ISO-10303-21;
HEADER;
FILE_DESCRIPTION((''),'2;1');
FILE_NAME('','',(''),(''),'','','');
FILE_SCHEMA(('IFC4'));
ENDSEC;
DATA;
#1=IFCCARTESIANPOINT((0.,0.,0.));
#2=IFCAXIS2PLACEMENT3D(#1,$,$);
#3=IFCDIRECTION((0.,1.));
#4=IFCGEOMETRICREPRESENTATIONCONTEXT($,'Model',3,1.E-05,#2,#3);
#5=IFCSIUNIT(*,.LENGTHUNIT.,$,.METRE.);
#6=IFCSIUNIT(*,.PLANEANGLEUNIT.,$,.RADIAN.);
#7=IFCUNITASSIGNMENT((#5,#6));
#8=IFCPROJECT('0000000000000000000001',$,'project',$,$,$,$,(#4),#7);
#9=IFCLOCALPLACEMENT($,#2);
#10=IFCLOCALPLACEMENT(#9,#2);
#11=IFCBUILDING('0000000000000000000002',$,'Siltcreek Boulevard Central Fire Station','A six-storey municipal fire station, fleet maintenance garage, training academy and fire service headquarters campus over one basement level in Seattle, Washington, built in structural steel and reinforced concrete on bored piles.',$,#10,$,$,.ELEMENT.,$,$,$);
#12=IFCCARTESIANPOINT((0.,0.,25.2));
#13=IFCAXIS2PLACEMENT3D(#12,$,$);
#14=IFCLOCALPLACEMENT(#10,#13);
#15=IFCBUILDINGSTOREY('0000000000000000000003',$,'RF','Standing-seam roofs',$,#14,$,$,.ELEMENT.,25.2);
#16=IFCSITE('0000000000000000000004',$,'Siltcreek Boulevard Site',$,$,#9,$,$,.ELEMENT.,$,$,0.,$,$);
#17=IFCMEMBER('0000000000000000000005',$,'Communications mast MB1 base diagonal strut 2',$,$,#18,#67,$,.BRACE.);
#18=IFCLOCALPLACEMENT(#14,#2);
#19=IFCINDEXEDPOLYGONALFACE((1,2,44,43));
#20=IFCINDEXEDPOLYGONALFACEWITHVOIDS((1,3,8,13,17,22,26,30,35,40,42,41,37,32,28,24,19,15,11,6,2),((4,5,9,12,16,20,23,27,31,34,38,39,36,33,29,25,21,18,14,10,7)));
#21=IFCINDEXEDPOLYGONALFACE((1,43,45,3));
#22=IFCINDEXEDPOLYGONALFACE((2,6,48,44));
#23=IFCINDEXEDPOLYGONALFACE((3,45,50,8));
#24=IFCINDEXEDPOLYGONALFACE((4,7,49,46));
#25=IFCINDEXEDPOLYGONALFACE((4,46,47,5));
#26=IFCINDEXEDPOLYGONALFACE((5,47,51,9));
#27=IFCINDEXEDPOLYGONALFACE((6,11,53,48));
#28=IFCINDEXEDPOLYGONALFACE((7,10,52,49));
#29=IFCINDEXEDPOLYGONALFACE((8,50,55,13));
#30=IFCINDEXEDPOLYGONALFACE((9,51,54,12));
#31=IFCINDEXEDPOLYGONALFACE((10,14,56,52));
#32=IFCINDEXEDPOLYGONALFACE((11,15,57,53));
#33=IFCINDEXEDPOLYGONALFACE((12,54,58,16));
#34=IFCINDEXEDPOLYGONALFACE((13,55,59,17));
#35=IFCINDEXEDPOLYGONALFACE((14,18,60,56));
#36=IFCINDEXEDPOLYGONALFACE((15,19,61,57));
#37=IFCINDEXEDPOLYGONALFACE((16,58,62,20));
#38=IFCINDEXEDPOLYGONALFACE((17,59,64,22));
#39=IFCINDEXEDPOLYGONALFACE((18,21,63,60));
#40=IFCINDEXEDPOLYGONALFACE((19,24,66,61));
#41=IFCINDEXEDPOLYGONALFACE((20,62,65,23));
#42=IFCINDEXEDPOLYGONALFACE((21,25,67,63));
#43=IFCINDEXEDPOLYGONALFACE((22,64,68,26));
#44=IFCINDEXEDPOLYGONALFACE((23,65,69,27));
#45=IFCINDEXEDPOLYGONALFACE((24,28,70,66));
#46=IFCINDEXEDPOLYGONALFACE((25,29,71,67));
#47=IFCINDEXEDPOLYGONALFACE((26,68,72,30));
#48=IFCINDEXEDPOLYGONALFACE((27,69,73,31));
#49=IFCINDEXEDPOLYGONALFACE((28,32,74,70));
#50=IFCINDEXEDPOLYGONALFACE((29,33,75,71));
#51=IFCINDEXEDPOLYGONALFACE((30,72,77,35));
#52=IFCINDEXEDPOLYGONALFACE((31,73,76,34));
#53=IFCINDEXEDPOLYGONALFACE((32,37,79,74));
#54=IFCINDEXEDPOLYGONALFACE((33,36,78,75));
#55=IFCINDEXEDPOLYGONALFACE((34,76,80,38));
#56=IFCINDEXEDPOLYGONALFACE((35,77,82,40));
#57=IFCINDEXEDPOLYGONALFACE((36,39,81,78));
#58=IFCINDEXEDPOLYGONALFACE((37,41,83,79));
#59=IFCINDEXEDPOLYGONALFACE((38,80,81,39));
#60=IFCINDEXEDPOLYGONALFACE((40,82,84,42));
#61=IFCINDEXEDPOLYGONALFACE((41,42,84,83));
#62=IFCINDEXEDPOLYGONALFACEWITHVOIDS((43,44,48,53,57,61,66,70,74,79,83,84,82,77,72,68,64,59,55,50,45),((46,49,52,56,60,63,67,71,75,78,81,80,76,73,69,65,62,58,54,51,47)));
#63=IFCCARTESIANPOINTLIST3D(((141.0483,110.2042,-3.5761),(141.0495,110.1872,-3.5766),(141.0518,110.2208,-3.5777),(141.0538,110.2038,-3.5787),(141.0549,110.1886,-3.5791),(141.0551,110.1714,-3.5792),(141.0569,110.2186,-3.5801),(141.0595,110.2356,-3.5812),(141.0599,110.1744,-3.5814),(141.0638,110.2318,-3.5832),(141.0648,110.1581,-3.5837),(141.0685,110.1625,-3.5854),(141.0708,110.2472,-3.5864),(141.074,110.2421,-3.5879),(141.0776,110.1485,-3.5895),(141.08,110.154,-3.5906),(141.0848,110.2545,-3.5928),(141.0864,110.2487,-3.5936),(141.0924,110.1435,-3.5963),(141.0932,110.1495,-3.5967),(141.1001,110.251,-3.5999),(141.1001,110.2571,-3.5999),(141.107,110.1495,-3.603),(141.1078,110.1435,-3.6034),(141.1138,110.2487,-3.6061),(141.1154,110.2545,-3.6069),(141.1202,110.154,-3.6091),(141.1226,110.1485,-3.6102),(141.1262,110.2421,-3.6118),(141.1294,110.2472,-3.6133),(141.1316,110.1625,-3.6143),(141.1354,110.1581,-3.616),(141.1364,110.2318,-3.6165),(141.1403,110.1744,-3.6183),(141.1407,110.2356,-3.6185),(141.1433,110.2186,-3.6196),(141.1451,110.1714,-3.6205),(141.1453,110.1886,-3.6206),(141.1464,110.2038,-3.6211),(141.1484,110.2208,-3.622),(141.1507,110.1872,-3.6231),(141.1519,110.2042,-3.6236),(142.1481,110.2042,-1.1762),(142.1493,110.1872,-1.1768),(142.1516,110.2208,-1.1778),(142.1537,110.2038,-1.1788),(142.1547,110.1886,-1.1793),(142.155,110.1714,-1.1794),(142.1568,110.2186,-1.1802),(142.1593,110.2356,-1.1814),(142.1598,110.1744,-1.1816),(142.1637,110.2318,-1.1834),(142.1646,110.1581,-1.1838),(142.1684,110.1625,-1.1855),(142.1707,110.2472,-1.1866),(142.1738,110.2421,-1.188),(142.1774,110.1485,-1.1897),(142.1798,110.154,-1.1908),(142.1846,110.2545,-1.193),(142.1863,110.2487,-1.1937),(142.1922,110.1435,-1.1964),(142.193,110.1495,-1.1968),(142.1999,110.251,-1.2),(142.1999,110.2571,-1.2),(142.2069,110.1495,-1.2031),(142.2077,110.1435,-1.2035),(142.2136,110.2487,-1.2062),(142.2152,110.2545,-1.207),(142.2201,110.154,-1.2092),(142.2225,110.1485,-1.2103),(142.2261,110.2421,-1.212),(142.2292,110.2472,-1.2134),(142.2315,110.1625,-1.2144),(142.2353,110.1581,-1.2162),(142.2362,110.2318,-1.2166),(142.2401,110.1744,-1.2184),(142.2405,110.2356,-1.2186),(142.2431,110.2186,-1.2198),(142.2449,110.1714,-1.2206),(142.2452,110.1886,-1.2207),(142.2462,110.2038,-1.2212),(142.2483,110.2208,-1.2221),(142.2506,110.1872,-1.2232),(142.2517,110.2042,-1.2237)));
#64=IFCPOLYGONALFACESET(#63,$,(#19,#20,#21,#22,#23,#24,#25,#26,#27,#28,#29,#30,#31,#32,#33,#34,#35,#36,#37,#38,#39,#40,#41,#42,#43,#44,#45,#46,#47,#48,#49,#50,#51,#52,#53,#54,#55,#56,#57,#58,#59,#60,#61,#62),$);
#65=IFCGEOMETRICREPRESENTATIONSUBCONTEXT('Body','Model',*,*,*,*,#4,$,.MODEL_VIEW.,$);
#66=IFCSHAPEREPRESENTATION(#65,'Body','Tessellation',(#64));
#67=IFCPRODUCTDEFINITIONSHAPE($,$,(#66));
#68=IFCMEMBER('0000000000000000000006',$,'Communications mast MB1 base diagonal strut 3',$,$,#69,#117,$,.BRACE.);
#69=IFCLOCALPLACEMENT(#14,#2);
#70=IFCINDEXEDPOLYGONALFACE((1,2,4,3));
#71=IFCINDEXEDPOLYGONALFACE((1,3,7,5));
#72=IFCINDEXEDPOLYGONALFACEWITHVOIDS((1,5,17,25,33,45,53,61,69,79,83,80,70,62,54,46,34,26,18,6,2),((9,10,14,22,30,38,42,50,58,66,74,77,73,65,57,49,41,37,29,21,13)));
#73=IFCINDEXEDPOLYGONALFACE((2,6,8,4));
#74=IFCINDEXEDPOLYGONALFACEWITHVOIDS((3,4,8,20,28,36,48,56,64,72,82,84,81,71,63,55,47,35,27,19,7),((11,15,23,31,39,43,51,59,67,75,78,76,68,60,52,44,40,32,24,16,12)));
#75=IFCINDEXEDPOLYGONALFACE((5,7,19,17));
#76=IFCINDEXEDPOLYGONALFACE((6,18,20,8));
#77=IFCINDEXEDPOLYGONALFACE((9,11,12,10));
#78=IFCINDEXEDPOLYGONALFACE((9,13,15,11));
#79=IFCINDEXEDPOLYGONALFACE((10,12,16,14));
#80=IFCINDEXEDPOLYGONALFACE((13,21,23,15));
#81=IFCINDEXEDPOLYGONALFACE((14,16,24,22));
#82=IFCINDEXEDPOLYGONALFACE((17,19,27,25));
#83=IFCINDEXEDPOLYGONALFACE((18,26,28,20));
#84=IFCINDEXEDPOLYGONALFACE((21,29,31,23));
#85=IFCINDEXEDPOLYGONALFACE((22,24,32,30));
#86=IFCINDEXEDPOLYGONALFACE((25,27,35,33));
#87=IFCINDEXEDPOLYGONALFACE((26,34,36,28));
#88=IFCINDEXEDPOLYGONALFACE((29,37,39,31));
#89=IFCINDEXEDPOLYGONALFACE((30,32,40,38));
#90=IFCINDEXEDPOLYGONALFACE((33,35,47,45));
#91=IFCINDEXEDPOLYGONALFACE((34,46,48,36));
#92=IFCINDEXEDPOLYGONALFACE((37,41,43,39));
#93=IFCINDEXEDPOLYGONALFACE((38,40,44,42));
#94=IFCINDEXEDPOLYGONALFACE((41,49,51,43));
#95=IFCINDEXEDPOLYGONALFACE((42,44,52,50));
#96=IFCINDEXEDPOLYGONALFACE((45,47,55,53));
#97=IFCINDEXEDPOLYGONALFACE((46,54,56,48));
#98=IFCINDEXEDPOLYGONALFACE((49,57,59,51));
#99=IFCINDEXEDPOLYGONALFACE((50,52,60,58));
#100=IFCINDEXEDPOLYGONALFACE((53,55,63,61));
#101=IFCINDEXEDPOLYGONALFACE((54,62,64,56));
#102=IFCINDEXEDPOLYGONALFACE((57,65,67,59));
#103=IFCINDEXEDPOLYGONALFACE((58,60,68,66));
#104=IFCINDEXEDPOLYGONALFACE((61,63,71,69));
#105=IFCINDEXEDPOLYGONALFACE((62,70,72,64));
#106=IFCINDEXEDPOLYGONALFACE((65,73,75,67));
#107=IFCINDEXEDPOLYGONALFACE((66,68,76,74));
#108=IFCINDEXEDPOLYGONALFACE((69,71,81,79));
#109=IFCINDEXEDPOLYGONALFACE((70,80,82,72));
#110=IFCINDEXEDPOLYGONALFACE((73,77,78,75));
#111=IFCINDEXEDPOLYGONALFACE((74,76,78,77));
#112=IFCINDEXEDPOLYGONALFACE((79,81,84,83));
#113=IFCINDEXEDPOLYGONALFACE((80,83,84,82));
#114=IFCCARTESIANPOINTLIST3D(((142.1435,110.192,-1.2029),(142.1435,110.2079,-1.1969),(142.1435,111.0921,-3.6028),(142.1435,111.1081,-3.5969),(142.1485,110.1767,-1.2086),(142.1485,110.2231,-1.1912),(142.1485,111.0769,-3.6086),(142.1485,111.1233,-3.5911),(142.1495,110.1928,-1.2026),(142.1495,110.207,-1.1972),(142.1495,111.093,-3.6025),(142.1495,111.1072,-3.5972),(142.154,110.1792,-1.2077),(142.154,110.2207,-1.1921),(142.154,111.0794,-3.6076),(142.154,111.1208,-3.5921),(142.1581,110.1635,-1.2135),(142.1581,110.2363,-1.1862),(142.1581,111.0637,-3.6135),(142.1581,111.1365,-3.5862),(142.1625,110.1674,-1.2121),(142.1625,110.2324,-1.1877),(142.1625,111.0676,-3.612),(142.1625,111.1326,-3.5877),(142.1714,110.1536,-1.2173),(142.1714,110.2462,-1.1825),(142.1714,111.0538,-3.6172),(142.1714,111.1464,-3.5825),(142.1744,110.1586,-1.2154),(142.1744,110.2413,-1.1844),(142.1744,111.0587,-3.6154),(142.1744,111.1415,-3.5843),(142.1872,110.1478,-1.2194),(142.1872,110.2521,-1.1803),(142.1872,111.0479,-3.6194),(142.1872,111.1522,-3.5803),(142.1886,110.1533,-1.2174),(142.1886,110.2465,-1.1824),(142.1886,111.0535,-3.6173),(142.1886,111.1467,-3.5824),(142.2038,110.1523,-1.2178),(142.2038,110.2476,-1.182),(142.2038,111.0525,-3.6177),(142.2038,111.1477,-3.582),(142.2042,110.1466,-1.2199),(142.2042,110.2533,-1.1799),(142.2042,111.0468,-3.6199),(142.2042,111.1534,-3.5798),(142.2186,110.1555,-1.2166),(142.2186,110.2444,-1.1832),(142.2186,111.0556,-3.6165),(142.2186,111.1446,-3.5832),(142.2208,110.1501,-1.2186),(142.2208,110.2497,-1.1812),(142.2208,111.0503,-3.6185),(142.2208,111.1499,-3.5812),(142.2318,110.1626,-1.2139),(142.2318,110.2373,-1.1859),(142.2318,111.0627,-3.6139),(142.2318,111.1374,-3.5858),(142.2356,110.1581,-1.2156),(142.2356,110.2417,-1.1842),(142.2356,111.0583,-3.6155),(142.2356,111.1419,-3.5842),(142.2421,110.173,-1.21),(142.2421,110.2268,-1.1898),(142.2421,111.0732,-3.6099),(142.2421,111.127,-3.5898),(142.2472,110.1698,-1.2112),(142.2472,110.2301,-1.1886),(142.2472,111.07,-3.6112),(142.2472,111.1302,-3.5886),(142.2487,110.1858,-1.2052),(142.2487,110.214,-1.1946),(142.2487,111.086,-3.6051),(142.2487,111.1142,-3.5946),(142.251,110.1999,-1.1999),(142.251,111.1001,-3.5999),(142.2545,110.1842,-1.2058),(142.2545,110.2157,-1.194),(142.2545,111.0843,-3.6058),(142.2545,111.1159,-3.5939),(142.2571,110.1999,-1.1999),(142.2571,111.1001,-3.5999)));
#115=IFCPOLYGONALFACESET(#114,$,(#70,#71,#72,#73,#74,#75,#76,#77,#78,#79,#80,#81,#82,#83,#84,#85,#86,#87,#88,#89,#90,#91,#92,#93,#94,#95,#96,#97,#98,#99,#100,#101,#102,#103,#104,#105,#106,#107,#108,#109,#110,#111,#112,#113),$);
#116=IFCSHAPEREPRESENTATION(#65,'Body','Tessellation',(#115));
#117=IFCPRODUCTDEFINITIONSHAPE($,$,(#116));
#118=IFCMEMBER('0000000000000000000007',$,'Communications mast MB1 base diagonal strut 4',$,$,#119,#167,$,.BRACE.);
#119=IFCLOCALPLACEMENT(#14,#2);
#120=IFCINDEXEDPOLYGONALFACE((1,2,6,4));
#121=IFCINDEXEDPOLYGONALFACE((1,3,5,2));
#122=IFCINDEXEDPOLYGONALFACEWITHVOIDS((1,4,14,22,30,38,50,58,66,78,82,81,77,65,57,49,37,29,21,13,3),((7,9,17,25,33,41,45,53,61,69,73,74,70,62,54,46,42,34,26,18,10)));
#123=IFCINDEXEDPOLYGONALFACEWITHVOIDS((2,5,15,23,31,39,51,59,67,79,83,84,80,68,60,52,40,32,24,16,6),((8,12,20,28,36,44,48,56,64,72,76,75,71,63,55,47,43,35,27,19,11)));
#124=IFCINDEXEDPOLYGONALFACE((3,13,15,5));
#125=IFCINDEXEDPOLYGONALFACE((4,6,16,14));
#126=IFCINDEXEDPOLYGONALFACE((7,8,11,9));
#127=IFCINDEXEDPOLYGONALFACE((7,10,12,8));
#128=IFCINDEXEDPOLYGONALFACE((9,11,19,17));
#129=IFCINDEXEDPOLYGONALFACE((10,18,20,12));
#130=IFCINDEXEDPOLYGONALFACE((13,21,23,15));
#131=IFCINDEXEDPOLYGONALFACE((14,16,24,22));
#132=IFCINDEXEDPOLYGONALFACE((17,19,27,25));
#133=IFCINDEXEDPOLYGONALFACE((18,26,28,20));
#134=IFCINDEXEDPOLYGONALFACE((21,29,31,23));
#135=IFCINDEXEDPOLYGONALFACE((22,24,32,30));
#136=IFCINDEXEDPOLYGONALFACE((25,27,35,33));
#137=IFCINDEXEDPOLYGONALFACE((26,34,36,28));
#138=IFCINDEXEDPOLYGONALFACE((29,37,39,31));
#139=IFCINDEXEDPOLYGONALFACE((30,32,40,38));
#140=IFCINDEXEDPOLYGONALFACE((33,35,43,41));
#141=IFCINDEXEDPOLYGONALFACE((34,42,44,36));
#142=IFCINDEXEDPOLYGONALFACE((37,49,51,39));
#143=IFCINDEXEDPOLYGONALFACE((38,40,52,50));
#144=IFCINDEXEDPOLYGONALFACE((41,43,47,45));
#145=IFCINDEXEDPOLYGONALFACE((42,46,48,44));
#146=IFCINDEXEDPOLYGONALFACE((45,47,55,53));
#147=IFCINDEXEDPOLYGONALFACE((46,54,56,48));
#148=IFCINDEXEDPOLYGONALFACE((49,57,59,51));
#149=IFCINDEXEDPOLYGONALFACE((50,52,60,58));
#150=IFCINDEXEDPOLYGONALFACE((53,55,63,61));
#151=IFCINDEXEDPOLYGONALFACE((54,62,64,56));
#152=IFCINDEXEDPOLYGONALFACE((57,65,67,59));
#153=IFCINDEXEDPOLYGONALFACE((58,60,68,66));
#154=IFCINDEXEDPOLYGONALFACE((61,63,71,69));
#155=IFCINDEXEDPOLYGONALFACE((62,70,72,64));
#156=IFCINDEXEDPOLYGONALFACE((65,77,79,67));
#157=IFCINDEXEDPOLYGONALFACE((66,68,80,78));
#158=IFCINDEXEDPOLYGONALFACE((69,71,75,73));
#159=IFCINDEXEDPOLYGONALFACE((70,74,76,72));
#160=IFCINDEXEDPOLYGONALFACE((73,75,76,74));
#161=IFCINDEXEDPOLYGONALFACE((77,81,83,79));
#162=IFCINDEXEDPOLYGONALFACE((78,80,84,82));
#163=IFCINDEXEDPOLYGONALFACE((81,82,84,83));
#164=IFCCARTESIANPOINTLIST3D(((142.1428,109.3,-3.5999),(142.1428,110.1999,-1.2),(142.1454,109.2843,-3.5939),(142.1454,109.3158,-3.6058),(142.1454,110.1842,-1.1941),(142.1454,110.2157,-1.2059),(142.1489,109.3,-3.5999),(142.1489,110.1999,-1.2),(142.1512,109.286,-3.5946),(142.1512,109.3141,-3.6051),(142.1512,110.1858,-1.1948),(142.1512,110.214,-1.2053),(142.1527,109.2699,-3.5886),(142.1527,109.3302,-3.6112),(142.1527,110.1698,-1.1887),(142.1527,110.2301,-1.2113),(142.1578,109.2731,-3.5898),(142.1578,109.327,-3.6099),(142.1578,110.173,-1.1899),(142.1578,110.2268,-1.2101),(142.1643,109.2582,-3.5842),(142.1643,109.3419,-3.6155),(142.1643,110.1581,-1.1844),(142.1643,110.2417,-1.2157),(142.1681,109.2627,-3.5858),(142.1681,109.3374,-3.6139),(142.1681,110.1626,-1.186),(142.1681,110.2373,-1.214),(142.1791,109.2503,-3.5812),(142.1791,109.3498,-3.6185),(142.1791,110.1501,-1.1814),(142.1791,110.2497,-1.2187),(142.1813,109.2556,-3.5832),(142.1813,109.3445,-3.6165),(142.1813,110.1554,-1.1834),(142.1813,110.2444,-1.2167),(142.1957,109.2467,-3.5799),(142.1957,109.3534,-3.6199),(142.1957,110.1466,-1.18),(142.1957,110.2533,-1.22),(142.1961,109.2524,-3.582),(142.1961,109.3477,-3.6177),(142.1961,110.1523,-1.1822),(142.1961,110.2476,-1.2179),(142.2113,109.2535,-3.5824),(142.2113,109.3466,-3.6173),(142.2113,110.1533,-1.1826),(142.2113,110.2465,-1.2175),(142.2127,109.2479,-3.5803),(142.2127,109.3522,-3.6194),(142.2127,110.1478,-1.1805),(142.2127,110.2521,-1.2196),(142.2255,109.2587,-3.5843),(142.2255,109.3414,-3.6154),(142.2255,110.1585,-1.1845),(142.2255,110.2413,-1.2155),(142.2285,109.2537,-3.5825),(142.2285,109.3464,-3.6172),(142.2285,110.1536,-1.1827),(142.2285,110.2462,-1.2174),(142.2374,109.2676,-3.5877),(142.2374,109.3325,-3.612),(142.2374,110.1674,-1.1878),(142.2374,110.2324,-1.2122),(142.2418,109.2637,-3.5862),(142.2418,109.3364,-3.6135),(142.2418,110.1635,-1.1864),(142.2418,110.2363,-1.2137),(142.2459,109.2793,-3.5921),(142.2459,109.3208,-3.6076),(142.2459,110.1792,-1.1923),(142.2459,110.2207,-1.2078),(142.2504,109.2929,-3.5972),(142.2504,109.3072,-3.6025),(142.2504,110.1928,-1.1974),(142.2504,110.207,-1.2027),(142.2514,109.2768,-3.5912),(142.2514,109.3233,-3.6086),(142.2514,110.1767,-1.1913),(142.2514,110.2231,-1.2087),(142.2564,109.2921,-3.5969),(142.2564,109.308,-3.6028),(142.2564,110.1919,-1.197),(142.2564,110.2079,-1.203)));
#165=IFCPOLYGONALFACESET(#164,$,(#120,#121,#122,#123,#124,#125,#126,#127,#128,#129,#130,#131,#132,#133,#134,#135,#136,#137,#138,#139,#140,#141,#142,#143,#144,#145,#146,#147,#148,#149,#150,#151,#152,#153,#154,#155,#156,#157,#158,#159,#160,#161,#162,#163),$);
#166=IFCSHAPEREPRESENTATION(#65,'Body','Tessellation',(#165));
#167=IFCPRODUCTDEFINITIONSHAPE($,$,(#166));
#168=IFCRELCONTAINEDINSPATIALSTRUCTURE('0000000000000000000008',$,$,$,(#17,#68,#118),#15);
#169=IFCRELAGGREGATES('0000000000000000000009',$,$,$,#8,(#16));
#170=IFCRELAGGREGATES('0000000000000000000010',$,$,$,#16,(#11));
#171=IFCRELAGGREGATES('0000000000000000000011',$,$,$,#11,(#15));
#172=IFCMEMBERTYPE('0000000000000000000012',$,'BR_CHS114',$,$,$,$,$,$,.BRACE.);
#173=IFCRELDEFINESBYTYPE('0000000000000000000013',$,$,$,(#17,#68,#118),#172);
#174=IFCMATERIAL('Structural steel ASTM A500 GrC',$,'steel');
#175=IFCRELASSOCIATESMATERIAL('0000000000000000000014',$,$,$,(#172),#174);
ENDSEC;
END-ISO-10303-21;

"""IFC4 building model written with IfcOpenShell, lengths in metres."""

from ifc_helpers import new_model, si_unit, direction, frame, origin, origin_2d, place, context, subcontext, project, spatial, hollow_circle, extrude, material, material_profile, profile_set, type_object, element, save


model = new_model("IFC4")

# Units and contexts
model_context = context("Model", 3, precision=1e-05, world=origin(), true_north=direction((0.0, 1.0)))
body_context = subcontext(model_context, "Body", "Model", "MODEL_VIEW")
ifc_project = project(units=[si_unit("LENGTHUNIT", "METRE"), si_unit("PLANEANGLEUNIT", "RADIAN")], contexts=[model_context])

# Site, building, storey
site_placement = place(None, origin())
site = spatial("IfcSite", under=ifc_project, at=site_placement, Name="Siltcreek Boulevard Site", CompositionType="ELEMENT", RefElevation=0.0)
building_placement = place(site_placement, origin())
building = spatial("IfcBuilding", under=site, at=building_placement, Name="Siltcreek Boulevard Central Fire Station", Description="A six-storey municipal fire station, fleet maintenance garage, training academy and fire service headquarters campus over one basement level in Seattle, Washington, built in structural steel and reinforced concrete on bored piles.", CompositionType="ELEMENT")
storey_placement = place(building_placement, frame((0.0, 0.0, 25.2)))
storey = spatial("IfcBuildingStorey", under=building, at=storey_placement, Name="RF", Description="Standing-seam roofs", CompositionType="ELEMENT", Elevation=25.2)

# Members
ifc_material_1 = material(Name="Structural steel ASTM A500 GrC", Category="steel")
ifc_material_profile_1 = material_profile(ifc_material_1, hollow_circle(Radius=0.0571, WallThickness=0.0061, at=origin_2d()), Name="HSS114.3X6.0")
ifc_profile_set_1 = profile_set([ifc_material_profile_1], Name="Structural steel ASTM A500 GrC")
member_type_1 = type_object("IfcMemberType", Name="BR_CHS114", PredefinedType="BRACE", material=ifc_profile_set_1)
member_1_placement = place(storey_placement, frame((141.1001, 110.2, -3.5999), z_axis=(0.416623, 0.0, 0.909079), x_axis=(0.0, 1.0, 0.0)))
element("IfcMember", 1, at=member_1_placement, inside=storey, type_object=member_type_1, Name="Communications mast MB1 base diagonal strut 2", PredefinedType="BRACE", context=body_context, shape_type="SweptSolid", body=[
    extrude(hollow_circle(Radius=0.0571, WallThickness=0.0061, at=origin_2d()), origin(), (0.0, 0.0, 1.0), 2.6399),
])
member_2_placement = place(storey_placement, frame((142.2, 111.1001, -3.5999), z_axis=(0.0, -0.351186, 0.936306), x_axis=(1.0, 0.0, 0.0)))
element("IfcMember", 2, at=member_2_placement, inside=storey, type_object=member_type_1, Name="Communications mast MB1 base diagonal strut 3", PredefinedType="BRACE", context=body_context, shape_type="SweptSolid", body=[
    extrude(hollow_circle(Radius=0.0571, WallThickness=0.0061, at=origin_2d()), origin(), (0.0, 0.0, 1.0), 2.5632),
])
member_3_placement = place(storey_placement, frame((142.2, 109.3, -3.5999), z_axis=(0.0, 0.351103, 0.936337), x_axis=(-1.0, 0.0, 0.0)))
element("IfcMember", 3, at=member_3_placement, inside=storey, type_object=member_type_1, Name="Communications mast MB1 base diagonal strut 4", PredefinedType="BRACE", context=body_context, shape_type="SweptSolid", body=[
    extrude(hollow_circle(Radius=0.0571, WallThickness=0.0061, at=origin_2d()), origin(), (0.0, 0.0, 1.0), 2.563),
])

save(model, "model.ifc")
